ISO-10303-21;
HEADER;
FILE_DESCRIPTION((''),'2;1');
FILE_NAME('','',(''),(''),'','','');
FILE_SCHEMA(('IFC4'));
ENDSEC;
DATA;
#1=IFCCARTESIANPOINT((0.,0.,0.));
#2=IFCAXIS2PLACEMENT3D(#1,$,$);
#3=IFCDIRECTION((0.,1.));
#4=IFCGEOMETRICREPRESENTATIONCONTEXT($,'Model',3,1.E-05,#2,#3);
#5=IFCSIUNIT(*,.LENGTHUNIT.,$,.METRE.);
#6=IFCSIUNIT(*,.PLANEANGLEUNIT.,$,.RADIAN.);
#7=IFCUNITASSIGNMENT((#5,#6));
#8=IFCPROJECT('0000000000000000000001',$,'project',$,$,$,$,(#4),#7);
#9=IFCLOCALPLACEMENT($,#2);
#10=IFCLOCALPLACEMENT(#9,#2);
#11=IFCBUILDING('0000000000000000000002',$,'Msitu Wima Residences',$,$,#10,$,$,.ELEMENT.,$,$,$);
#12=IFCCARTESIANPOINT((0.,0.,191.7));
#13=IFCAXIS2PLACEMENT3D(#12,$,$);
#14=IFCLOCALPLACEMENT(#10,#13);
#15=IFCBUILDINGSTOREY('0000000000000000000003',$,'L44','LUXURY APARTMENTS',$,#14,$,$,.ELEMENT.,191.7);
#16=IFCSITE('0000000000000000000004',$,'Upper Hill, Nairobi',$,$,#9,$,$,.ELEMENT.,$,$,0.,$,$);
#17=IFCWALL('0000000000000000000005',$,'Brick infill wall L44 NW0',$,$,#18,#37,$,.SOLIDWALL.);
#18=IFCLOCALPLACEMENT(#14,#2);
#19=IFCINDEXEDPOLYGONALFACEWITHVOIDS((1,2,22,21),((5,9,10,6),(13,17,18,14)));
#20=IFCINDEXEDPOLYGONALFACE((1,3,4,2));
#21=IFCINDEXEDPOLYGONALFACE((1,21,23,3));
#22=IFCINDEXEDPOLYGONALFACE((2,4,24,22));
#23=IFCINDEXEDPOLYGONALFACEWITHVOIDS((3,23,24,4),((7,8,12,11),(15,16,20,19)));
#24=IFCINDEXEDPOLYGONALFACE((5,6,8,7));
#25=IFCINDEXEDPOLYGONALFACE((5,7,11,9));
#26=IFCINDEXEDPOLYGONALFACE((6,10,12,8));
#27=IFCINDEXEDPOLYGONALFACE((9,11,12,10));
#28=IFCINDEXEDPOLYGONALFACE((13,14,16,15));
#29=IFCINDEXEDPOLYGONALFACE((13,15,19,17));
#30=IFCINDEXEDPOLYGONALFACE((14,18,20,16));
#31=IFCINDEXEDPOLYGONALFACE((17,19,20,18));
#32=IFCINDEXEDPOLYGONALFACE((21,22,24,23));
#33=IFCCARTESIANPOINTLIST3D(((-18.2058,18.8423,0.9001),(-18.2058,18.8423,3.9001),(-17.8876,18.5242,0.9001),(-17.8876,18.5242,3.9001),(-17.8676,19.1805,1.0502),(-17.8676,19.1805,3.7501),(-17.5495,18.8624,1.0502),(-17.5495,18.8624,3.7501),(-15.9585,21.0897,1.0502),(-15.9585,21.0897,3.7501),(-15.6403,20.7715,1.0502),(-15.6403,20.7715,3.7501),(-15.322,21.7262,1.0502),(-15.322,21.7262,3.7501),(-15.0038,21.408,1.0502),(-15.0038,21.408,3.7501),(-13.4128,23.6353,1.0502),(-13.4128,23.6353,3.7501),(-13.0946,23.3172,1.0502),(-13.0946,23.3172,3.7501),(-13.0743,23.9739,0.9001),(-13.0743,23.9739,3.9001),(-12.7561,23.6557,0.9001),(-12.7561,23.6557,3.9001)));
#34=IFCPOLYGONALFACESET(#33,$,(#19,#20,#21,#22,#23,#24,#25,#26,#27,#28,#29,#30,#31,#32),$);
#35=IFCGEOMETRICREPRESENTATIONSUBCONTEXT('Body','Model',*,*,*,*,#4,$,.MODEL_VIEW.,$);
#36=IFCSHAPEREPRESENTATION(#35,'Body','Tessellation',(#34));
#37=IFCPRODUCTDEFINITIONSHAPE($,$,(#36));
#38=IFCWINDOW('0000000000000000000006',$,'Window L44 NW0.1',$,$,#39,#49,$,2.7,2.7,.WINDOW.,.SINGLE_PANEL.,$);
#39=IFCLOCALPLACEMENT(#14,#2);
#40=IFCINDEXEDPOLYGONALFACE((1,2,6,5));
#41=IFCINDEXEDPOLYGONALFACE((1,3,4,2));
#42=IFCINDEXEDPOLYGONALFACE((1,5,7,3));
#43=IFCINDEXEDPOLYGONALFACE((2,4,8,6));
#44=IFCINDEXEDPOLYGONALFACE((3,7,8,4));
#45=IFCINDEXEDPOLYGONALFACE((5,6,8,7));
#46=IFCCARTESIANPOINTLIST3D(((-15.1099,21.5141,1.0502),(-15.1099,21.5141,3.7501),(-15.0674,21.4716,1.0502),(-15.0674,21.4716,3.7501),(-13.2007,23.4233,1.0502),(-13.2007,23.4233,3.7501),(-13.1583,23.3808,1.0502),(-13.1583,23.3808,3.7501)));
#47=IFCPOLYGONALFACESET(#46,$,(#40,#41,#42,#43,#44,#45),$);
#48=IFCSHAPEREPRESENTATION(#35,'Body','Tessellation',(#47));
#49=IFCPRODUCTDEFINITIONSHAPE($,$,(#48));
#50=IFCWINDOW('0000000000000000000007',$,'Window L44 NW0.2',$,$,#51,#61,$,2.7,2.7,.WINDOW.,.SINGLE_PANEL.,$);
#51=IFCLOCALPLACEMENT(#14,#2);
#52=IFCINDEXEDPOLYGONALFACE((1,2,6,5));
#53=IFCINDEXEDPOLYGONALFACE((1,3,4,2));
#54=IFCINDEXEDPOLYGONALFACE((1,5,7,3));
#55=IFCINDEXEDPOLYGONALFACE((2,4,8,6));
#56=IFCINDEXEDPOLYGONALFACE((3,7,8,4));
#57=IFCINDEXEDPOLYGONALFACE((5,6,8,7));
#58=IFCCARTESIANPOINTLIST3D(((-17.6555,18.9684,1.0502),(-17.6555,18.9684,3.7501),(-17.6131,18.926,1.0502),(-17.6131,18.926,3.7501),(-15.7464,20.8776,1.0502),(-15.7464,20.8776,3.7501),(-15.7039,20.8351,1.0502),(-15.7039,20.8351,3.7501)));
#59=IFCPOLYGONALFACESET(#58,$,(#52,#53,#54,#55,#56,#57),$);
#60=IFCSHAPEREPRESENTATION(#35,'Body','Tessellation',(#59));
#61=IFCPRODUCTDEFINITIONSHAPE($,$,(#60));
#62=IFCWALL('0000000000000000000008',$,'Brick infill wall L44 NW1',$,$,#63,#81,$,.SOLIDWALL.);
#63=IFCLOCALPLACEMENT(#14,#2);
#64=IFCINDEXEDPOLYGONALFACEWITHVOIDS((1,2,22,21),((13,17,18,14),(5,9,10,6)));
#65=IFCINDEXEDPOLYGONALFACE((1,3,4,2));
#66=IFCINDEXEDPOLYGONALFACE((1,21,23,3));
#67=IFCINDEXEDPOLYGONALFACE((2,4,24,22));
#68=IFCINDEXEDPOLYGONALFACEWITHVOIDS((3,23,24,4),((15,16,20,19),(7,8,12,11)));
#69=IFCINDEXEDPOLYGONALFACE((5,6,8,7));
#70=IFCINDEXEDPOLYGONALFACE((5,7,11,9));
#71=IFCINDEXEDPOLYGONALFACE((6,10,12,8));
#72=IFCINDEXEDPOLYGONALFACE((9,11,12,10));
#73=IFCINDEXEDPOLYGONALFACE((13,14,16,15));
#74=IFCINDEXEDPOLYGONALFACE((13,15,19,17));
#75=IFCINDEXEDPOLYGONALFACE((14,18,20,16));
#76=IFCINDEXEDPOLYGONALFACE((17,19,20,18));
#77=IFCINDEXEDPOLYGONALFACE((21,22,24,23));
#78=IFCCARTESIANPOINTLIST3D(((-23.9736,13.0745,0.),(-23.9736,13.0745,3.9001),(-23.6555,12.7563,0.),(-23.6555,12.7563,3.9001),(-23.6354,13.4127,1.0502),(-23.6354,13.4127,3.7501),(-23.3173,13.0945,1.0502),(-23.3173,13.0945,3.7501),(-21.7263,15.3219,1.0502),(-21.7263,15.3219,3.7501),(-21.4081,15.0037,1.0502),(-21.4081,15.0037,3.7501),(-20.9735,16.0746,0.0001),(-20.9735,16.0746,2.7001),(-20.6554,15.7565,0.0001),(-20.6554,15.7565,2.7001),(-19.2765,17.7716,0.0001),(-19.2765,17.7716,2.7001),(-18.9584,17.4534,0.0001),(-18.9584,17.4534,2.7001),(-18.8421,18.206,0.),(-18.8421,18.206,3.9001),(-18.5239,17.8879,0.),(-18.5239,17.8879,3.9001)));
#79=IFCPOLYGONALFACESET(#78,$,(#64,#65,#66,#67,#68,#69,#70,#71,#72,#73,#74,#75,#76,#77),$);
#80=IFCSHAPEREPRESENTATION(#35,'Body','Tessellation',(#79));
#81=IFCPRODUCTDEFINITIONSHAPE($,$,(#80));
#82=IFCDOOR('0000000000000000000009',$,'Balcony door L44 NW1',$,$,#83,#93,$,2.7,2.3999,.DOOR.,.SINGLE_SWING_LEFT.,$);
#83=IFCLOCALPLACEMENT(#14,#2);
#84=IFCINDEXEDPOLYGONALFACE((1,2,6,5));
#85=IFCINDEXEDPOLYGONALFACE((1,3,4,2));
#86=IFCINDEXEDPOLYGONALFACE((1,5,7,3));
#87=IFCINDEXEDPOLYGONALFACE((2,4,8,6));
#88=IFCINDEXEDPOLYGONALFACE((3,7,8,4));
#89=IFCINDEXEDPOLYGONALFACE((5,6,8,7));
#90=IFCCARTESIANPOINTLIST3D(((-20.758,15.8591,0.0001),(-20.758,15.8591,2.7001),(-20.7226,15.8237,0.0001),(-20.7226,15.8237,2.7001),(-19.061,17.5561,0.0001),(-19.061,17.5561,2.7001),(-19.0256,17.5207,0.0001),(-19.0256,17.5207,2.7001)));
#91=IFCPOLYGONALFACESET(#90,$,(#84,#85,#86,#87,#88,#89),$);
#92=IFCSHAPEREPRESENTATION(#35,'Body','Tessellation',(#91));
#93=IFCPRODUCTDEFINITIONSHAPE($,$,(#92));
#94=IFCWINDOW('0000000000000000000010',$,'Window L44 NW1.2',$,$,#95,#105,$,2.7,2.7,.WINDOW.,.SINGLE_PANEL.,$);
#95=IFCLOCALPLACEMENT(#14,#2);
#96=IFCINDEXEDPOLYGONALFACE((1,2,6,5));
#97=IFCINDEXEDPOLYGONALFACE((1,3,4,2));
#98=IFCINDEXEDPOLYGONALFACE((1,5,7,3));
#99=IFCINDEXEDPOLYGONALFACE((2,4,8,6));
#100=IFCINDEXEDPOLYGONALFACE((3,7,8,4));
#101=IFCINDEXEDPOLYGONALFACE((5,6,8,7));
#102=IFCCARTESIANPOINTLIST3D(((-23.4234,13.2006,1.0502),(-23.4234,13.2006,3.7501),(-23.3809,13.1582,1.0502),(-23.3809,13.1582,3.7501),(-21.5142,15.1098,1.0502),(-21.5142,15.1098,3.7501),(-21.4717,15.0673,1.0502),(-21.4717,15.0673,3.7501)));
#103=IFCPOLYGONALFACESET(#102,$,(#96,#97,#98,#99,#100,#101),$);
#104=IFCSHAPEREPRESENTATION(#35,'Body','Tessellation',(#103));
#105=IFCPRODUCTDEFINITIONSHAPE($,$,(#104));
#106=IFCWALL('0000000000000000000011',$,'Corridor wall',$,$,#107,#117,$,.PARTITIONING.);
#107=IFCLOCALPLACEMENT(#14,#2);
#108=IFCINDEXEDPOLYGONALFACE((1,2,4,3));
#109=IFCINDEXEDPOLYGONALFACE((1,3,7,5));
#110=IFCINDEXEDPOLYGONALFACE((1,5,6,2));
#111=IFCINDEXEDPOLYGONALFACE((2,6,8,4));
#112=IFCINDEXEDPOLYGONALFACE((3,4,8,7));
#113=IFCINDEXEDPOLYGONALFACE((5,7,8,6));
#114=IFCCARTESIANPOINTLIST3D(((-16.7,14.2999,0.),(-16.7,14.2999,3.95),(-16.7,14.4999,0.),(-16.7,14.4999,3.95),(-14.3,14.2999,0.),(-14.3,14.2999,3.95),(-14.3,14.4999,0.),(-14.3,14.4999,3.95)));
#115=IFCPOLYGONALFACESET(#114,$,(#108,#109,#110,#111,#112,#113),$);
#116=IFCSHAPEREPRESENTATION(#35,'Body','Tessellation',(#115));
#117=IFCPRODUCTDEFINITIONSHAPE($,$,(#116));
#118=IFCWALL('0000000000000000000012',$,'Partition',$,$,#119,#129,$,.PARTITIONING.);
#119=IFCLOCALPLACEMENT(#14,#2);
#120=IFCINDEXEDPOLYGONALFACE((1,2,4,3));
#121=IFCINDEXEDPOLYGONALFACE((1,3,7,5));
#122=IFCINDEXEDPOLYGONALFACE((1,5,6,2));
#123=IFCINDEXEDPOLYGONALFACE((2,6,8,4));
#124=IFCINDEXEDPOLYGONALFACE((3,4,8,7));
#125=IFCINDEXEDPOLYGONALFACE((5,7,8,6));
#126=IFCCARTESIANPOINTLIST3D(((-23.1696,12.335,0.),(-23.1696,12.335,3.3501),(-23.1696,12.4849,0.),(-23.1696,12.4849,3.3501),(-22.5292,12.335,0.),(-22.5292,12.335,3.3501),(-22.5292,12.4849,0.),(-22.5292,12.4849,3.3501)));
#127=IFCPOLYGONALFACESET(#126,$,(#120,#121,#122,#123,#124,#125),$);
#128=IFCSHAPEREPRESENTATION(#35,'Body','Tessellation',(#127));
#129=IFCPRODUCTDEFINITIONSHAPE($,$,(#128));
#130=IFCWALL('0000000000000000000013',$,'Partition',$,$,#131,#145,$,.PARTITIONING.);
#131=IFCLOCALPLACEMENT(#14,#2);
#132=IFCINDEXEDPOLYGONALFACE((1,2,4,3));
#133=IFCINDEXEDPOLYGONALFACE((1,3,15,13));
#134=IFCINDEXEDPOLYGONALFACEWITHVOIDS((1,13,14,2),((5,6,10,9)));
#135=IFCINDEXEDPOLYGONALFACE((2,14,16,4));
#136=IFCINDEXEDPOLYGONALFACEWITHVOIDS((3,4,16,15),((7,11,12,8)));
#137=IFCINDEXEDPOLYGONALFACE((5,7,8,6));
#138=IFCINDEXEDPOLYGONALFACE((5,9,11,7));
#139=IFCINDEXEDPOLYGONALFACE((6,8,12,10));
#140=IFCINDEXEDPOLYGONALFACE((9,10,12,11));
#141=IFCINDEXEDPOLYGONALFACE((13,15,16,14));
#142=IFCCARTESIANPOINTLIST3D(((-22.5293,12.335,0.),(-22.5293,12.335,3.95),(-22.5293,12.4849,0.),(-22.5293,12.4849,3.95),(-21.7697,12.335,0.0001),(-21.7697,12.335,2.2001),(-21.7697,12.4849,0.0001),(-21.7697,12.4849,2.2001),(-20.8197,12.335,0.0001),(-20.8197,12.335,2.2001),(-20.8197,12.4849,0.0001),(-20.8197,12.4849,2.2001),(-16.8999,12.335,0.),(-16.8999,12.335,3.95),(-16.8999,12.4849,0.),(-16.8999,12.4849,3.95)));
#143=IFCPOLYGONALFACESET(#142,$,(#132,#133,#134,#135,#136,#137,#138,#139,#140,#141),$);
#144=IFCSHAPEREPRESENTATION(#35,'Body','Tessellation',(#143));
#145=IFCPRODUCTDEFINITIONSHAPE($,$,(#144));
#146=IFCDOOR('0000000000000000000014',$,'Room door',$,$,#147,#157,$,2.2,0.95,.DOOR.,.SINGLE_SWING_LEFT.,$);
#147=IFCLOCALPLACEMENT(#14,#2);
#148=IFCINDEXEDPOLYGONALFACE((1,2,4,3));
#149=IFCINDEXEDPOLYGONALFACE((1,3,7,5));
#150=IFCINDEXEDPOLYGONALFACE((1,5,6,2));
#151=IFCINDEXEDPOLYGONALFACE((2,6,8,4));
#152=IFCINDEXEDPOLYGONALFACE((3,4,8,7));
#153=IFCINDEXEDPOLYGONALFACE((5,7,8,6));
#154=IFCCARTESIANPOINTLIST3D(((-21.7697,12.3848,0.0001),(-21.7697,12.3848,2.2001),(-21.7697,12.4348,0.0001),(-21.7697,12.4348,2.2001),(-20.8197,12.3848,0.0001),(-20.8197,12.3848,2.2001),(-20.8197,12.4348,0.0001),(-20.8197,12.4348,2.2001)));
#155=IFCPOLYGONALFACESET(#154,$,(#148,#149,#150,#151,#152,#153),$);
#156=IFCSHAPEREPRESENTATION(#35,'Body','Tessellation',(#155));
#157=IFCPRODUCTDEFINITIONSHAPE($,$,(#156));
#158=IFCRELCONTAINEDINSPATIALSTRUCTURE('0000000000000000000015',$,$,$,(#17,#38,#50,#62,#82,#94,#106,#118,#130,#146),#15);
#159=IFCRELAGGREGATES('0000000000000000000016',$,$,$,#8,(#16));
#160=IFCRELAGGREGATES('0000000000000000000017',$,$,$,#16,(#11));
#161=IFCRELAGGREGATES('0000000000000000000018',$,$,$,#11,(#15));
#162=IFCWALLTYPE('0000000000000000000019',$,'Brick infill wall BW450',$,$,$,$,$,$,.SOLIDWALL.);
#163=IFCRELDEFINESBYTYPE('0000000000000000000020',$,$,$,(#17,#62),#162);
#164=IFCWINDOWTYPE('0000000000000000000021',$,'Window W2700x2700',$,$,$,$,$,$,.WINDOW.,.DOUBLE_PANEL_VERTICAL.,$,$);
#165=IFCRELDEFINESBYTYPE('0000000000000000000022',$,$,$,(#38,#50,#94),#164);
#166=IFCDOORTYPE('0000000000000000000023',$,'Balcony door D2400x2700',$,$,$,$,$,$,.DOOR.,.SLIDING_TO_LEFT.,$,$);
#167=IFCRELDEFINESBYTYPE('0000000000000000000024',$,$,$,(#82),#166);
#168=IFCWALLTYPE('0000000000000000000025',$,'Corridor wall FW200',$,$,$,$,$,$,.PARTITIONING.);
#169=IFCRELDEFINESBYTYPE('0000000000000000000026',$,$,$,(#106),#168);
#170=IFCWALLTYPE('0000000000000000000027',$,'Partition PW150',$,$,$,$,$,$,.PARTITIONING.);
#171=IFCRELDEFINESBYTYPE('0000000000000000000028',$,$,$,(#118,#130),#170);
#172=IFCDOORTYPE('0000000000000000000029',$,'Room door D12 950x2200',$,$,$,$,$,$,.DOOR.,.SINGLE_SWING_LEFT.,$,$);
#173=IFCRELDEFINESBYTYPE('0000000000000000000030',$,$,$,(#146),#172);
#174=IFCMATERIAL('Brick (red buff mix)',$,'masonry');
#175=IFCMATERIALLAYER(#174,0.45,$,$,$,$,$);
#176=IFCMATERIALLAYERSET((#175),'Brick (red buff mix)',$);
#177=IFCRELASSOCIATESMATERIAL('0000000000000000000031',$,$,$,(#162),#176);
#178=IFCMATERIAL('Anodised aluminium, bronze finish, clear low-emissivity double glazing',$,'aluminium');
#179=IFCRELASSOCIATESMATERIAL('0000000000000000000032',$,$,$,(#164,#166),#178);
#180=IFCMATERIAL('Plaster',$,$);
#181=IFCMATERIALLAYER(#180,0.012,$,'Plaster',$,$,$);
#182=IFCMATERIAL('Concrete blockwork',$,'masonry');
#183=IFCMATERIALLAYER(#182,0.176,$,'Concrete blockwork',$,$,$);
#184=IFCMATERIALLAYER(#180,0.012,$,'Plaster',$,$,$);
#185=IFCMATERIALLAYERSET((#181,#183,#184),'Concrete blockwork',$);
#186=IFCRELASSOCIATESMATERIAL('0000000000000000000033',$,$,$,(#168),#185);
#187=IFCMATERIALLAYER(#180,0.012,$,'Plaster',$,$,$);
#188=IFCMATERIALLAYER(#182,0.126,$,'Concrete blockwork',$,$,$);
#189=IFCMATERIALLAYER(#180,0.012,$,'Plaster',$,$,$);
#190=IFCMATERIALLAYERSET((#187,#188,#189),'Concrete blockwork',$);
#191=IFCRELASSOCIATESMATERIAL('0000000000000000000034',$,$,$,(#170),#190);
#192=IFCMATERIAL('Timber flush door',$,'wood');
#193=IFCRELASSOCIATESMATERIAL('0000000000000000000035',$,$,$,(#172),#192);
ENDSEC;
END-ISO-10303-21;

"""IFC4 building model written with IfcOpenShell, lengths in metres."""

from ifc_helpers import new_model, si_unit, direction, frame, frame_2d, origin, place, context, subcontext, project, spatial, rectangle, extrude, material, layer, layer_set, type_object, element, fill, save


model = new_model("IFC4")

# Units and contexts
model_context = context("Model", 3, precision=1e-05, world=origin(), true_north=direction((0.0, 1.0)))
body_context = subcontext(model_context, "Body", "Model", "MODEL_VIEW")
ifc_project = project(units=[si_unit("LENGTHUNIT", "METRE"), si_unit("PLANEANGLEUNIT", "RADIAN")], contexts=[model_context])

# Site, building, storey
site_placement = place(None, origin())
site = spatial("IfcSite", under=ifc_project, at=site_placement, Name="Upper Hill, Nairobi", CompositionType="ELEMENT", RefElevation=0.0)
building_placement = place(site_placement, origin())
building = spatial("IfcBuilding", under=site, at=building_placement, Name="Msitu Wima Residences", CompositionType="ELEMENT")
storey_placement = place(building_placement, frame((0.0, 0.0, 191.7)))
storey = spatial("IfcBuildingStorey", under=building, at=storey_placement, Name="L44", Description="LUXURY APARTMENTS", CompositionType="ELEMENT", Elevation=191.7)

# Wall, openings, windows
ifc_material_1 = material(Name="Brick (red buff mix)", Category="masonry")
ifc_layer_1 = layer(ifc_material_1, 0.45)
ifc_layer_set_1 = layer_set([ifc_layer_1], Name="Brick (red buff mix)")
wall_type_1 = type_object("IfcWallType", Name="Brick infill wall BW450", PredefinedType="SOLIDWALL", material=ifc_layer_set_1)
wall_1_placement = place(storey_placement, frame((-12.9153, 23.8147, 0.9001), z_axis=(0.0, 0.0, 1.0), x_axis=(-0.707107, -0.707107, 0.0)))
wall_1 = element("IfcWall", 1, at=wall_1_placement, inside=storey, type_object=wall_type_1, Name="Brick infill wall L44 NW0", PredefinedType="SOLIDWALL", context=body_context, shape_type="SweptSolid", body=[
    extrude(rectangle(XDim=7.2571, YDim=0.45, at=frame_2d((3.6284, 0.0))), origin(), (0.0, 0.0, 1.0), 3.0),
])
opening_1_placement = place(wall_1_placement, frame((0.4785, 0.0, 0.1499)))
opening_1 = element("IfcOpeningElement", 2, at=opening_1_placement, cuts=wall_1, PredefinedType="OPENING", context=body_context, shape_type="SweptSolid", body=[
    extrude(rectangle(XDim=2.7, YDim=2.7, at=frame_2d((1.3501, 1.3501))), frame((0.0, 0.2349, 0.0), z_axis=(0.0, -1.0, 0.0), x_axis=(1.0, 0.0, 0.0)), (0.0, 0.0, 1.0), 0.47),
])
opening_2_placement = place(wall_1_placement, frame((4.0786, 0.0, 0.1499)))
opening_2 = element("IfcOpeningElement", 3, at=opening_2_placement, cuts=wall_1, PredefinedType="OPENING", context=body_context, shape_type="SweptSolid", body=[
    extrude(rectangle(XDim=2.7, YDim=2.7, at=frame_2d((1.3501, 1.3501))), frame((0.0, 0.2349, 0.0), z_axis=(0.0, -1.0, 0.0), x_axis=(1.0, 0.0, 0.0)), (0.0, 0.0, 1.0), 0.47),
])
ifc_material_2 = material(Name="Anodised aluminium, bronze finish, clear low-emissivity double glazing", Category="aluminium")
window_type = type_object("IfcWindowType", Name="Window W2700x2700", PartitioningType="DOUBLE_PANEL_VERTICAL", PredefinedType="WINDOW", material=ifc_material_2)
window_1_placement = place(opening_1_placement, origin())
window_1 = element("IfcWindow", 4, at=window_1_placement, inside=storey, type_object=window_type, Name="Window L44 NW0.1", OverallHeight=2.7, OverallWidth=2.7, PartitioningType="SINGLE_PANEL", PredefinedType="WINDOW", context=body_context, shape_type="SweptSolid", body=[
    extrude(rectangle(XDim=2.7, YDim=2.7, at=frame_2d((1.3501, 1.3501))), frame((0.0, 0.135, 0.0), z_axis=(0.0, -1.0, 0.0), x_axis=(1.0, 0.0, 0.0)), (0.0, 0.0, 1.0), 0.0601),
])
fill(opening_1, window_1)
window_2_placement = place(opening_2_placement, origin())
window_2 = element("IfcWindow", 5, at=window_2_placement, inside=storey, type_object=window_type, Name="Window L44 NW0.2", OverallHeight=2.7, OverallWidth=2.7, PartitioningType="SINGLE_PANEL", PredefinedType="WINDOW", context=body_context, shape_type="SweptSolid", body=[
    extrude(rectangle(XDim=2.7, YDim=2.7, at=frame_2d((1.3501, 1.3501))), frame((0.0, 0.135, 0.0), z_axis=(0.0, -1.0, 0.0), x_axis=(1.0, 0.0, 0.0)), (0.0, 0.0, 1.0), 0.0601),
])
fill(opening_2, window_2)

# Wall, openings, door, window
wall_2_placement = place(storey_placement, frame((-18.6831, 18.0469, 0.0), z_axis=(0.0, 0.0, 1.0), x_axis=(-0.707107, -0.707107, 0.0)))
wall_2 = element("IfcWall", 6, at=wall_2_placement, inside=storey, type_object=wall_type_1, Name="Brick infill wall L44 NW1", PredefinedType="SOLIDWALL", context=body_context, shape_type="SweptSolid", body=[
    extrude(rectangle(XDim=7.2571, YDim=0.45, at=frame_2d((3.6284, 0.0))), origin(), (0.0, 0.0, 1.0), 3.9001),
])
opening_3_placement = place(wall_2_placement, frame((0.6143, 0.0, 0.0)))
opening_3 = element("IfcOpeningElement", 7, at=opening_3_placement, cuts=wall_2, PredefinedType="OPENING", context=body_context, shape_type="SweptSolid", body=[
    extrude(rectangle(XDim=2.3999, YDim=2.7, at=frame_2d((1.2, 1.3501))), frame((0.0, 0.2349, 0.0), z_axis=(0.0, -1.0, 0.0), x_axis=(1.0, 0.0, 0.0)), (0.0, 0.0, 1.0), 0.47),
])
opening_4_placement = place(wall_2_placement, frame((4.0786, 0.0, 1.05)))
opening_4 = element("IfcOpeningElement", 8, at=opening_4_placement, cuts=wall_2, PredefinedType="OPENING", context=body_context, shape_type="SweptSolid", body=[
    extrude(rectangle(XDim=2.7, YDim=2.7, at=frame_2d((1.3501, 1.3501))), frame((0.0, 0.2349, 0.0), z_axis=(0.0, -1.0, 0.0), x_axis=(1.0, 0.0, 0.0)), (0.0, 0.0, 1.0), 0.47),
])
door_type_1 = type_object("IfcDoorType", Name="Balcony door D2400x2700", OperationType="SLIDING_TO_LEFT", PredefinedType="DOOR", material=ifc_material_2)
door_1_placement = place(opening_3_placement, origin())
door_1 = element("IfcDoor", 9, at=door_1_placement, inside=storey, type_object=door_type_1, Name="Balcony door L44 NW1", OperationType="SINGLE_SWING_LEFT", OverallHeight=2.7, OverallWidth=2.3999, PredefinedType="DOOR", context=body_context, shape_type="SweptSolid", body=[
    extrude(rectangle(XDim=2.3999, YDim=2.7, at=frame_2d((1.2, 1.3501))), frame((0.0, 0.1299, 0.0), z_axis=(0.0, -1.0, 0.0), x_axis=(1.0, 0.0, 0.0)), (0.0, 0.0, 1.0), 0.05),
])
fill(opening_3, door_1)
window_3_placement = place(opening_4_placement, origin())
window_3 = element("IfcWindow", 10, at=window_3_placement, inside=storey, type_object=window_type, Name="Window L44 NW1.2", OverallHeight=2.7, OverallWidth=2.7, PartitioningType="SINGLE_PANEL", PredefinedType="WINDOW", context=body_context, shape_type="SweptSolid", body=[
    extrude(rectangle(XDim=2.7, YDim=2.7, at=frame_2d((1.3501, 1.3501))), frame((0.0, 0.135, 0.0), z_axis=(0.0, -1.0, 0.0), x_axis=(1.0, 0.0, 0.0)), (0.0, 0.0, 1.0), 0.0601),
])
fill(opening_4, window_3)

# Walls
ifc_material_3 = material(Name="Plaster")
ifc_layer_2 = layer(ifc_material_3, 0.012, Name="Plaster")
ifc_material_4 = material(Name="Concrete blockwork", Category="masonry")
ifc_layer_3 = layer(ifc_material_4, 0.176, Name="Concrete blockwork")
ifc_layer_4 = layer(ifc_material_3, 0.012, Name="Plaster")
ifc_layer_set_2 = layer_set([ifc_layer_2, ifc_layer_3, ifc_layer_4], Name="Concrete blockwork")
wall_type_2 = type_object("IfcWallType", Name="Corridor wall FW200", PredefinedType="PARTITIONING", material=ifc_layer_set_2)
wall_3_placement = place(storey_placement, frame((-16.7, 14.3999, 0.0), z_axis=(0.0, 0.0, 1.0), x_axis=(1.0, 0.0, 0.0)))
element("IfcWall", 11, at=wall_3_placement, inside=storey, type_object=wall_type_2, Name="Corridor wall", PredefinedType="PARTITIONING", context=body_context, shape_type="SweptSolid", body=[
    extrude(rectangle(XDim=2.3999, YDim=0.2, at=frame_2d((1.2, 0.0))), origin(), (0.0, 0.0, 1.0), 3.95),
])
ifc_layer_5 = layer(ifc_material_3, 0.012, Name="Plaster")
ifc_layer_6 = layer(ifc_material_4, 0.126, Name="Concrete blockwork")
ifc_layer_7 = layer(ifc_material_3, 0.012, Name="Plaster")
ifc_layer_set_3 = layer_set([ifc_layer_5, ifc_layer_6, ifc_layer_7], Name="Concrete blockwork")
wall_type_3 = type_object("IfcWallType", Name="Partition PW150", PredefinedType="PARTITIONING", material=ifc_layer_set_3)
wall_4_placement = place(storey_placement, frame((-23.1697, 12.4099, 0.0), z_axis=(0.0, 0.0, 1.0), x_axis=(1.0, 0.0, 0.0)))
element("IfcWall", 12, at=wall_4_placement, inside=storey, type_object=wall_type_3, Name="Partition", PredefinedType="PARTITIONING", context=body_context, shape_type="SweptSolid", body=[
    extrude(rectangle(XDim=0.6404, YDim=0.1499, at=frame_2d((0.3203, 0.0))), origin(), (0.0, 0.0, 1.0), 3.3501),
])

# Wall, opening, door
wall_5_placement = place(storey_placement, frame((-22.5293, 12.4099, 0.0), z_axis=(0.0, 0.0, 1.0), x_axis=(1.0, 0.0, 0.0)))
wall_5 = element("IfcWall", 13, at=wall_5_placement, inside=storey, type_object=wall_type_3, Name="Partition", PredefinedType="PARTITIONING", context=body_context, shape_type="SweptSolid", body=[
    extrude(rectangle(XDim=5.6294, YDim=0.1499, at=frame_2d((2.8147, 0.0))), origin(), (0.0, 0.0, 1.0), 3.95),
])
opening_5_placement = place(wall_5_placement, frame((0.7595, 0.0, 0.0)))
opening_5 = element("IfcOpeningElement", 14, at=opening_5_placement, cuts=wall_5, PredefinedType="OPENING", context=body_context, shape_type="SweptSolid", body=[
    extrude(rectangle(XDim=0.95, YDim=2.2, at=frame_2d((0.4751, 1.1001))), frame((0.0, 0.085, 0.0), z_axis=(0.0, -1.0, 0.0), x_axis=(1.0, 0.0, 0.0)), (0.0, 0.0, 1.0), 0.1699),
])
ifc_material_5 = material(Name="Timber flush door", Category="wood")
door_type_2 = type_object("IfcDoorType", Name="Room door D12 950x2200", OperationType="SINGLE_SWING_LEFT", PredefinedType="DOOR", material=ifc_material_5)
door_2_placement = place(opening_5_placement, origin())
door_2 = element("IfcDoor", 15, at=door_2_placement, inside=storey, type_object=door_type_2, Name="Room door", OperationType="SINGLE_SWING_LEFT", OverallHeight=2.2, OverallWidth=0.95, PredefinedType="DOOR", context=body_context, shape_type="SweptSolid", body=[
    extrude(rectangle(XDim=0.95, YDim=2.2, at=frame_2d((0.4751, 1.1001))), frame((0.0, 0.0249, 0.0), z_axis=(0.0, -1.0, 0.0), x_axis=(1.0, 0.0, 0.0)), (0.0, 0.0, 1.0), 0.05),
])
fill(opening_5, door_2)

save(model, "model.ifc")
